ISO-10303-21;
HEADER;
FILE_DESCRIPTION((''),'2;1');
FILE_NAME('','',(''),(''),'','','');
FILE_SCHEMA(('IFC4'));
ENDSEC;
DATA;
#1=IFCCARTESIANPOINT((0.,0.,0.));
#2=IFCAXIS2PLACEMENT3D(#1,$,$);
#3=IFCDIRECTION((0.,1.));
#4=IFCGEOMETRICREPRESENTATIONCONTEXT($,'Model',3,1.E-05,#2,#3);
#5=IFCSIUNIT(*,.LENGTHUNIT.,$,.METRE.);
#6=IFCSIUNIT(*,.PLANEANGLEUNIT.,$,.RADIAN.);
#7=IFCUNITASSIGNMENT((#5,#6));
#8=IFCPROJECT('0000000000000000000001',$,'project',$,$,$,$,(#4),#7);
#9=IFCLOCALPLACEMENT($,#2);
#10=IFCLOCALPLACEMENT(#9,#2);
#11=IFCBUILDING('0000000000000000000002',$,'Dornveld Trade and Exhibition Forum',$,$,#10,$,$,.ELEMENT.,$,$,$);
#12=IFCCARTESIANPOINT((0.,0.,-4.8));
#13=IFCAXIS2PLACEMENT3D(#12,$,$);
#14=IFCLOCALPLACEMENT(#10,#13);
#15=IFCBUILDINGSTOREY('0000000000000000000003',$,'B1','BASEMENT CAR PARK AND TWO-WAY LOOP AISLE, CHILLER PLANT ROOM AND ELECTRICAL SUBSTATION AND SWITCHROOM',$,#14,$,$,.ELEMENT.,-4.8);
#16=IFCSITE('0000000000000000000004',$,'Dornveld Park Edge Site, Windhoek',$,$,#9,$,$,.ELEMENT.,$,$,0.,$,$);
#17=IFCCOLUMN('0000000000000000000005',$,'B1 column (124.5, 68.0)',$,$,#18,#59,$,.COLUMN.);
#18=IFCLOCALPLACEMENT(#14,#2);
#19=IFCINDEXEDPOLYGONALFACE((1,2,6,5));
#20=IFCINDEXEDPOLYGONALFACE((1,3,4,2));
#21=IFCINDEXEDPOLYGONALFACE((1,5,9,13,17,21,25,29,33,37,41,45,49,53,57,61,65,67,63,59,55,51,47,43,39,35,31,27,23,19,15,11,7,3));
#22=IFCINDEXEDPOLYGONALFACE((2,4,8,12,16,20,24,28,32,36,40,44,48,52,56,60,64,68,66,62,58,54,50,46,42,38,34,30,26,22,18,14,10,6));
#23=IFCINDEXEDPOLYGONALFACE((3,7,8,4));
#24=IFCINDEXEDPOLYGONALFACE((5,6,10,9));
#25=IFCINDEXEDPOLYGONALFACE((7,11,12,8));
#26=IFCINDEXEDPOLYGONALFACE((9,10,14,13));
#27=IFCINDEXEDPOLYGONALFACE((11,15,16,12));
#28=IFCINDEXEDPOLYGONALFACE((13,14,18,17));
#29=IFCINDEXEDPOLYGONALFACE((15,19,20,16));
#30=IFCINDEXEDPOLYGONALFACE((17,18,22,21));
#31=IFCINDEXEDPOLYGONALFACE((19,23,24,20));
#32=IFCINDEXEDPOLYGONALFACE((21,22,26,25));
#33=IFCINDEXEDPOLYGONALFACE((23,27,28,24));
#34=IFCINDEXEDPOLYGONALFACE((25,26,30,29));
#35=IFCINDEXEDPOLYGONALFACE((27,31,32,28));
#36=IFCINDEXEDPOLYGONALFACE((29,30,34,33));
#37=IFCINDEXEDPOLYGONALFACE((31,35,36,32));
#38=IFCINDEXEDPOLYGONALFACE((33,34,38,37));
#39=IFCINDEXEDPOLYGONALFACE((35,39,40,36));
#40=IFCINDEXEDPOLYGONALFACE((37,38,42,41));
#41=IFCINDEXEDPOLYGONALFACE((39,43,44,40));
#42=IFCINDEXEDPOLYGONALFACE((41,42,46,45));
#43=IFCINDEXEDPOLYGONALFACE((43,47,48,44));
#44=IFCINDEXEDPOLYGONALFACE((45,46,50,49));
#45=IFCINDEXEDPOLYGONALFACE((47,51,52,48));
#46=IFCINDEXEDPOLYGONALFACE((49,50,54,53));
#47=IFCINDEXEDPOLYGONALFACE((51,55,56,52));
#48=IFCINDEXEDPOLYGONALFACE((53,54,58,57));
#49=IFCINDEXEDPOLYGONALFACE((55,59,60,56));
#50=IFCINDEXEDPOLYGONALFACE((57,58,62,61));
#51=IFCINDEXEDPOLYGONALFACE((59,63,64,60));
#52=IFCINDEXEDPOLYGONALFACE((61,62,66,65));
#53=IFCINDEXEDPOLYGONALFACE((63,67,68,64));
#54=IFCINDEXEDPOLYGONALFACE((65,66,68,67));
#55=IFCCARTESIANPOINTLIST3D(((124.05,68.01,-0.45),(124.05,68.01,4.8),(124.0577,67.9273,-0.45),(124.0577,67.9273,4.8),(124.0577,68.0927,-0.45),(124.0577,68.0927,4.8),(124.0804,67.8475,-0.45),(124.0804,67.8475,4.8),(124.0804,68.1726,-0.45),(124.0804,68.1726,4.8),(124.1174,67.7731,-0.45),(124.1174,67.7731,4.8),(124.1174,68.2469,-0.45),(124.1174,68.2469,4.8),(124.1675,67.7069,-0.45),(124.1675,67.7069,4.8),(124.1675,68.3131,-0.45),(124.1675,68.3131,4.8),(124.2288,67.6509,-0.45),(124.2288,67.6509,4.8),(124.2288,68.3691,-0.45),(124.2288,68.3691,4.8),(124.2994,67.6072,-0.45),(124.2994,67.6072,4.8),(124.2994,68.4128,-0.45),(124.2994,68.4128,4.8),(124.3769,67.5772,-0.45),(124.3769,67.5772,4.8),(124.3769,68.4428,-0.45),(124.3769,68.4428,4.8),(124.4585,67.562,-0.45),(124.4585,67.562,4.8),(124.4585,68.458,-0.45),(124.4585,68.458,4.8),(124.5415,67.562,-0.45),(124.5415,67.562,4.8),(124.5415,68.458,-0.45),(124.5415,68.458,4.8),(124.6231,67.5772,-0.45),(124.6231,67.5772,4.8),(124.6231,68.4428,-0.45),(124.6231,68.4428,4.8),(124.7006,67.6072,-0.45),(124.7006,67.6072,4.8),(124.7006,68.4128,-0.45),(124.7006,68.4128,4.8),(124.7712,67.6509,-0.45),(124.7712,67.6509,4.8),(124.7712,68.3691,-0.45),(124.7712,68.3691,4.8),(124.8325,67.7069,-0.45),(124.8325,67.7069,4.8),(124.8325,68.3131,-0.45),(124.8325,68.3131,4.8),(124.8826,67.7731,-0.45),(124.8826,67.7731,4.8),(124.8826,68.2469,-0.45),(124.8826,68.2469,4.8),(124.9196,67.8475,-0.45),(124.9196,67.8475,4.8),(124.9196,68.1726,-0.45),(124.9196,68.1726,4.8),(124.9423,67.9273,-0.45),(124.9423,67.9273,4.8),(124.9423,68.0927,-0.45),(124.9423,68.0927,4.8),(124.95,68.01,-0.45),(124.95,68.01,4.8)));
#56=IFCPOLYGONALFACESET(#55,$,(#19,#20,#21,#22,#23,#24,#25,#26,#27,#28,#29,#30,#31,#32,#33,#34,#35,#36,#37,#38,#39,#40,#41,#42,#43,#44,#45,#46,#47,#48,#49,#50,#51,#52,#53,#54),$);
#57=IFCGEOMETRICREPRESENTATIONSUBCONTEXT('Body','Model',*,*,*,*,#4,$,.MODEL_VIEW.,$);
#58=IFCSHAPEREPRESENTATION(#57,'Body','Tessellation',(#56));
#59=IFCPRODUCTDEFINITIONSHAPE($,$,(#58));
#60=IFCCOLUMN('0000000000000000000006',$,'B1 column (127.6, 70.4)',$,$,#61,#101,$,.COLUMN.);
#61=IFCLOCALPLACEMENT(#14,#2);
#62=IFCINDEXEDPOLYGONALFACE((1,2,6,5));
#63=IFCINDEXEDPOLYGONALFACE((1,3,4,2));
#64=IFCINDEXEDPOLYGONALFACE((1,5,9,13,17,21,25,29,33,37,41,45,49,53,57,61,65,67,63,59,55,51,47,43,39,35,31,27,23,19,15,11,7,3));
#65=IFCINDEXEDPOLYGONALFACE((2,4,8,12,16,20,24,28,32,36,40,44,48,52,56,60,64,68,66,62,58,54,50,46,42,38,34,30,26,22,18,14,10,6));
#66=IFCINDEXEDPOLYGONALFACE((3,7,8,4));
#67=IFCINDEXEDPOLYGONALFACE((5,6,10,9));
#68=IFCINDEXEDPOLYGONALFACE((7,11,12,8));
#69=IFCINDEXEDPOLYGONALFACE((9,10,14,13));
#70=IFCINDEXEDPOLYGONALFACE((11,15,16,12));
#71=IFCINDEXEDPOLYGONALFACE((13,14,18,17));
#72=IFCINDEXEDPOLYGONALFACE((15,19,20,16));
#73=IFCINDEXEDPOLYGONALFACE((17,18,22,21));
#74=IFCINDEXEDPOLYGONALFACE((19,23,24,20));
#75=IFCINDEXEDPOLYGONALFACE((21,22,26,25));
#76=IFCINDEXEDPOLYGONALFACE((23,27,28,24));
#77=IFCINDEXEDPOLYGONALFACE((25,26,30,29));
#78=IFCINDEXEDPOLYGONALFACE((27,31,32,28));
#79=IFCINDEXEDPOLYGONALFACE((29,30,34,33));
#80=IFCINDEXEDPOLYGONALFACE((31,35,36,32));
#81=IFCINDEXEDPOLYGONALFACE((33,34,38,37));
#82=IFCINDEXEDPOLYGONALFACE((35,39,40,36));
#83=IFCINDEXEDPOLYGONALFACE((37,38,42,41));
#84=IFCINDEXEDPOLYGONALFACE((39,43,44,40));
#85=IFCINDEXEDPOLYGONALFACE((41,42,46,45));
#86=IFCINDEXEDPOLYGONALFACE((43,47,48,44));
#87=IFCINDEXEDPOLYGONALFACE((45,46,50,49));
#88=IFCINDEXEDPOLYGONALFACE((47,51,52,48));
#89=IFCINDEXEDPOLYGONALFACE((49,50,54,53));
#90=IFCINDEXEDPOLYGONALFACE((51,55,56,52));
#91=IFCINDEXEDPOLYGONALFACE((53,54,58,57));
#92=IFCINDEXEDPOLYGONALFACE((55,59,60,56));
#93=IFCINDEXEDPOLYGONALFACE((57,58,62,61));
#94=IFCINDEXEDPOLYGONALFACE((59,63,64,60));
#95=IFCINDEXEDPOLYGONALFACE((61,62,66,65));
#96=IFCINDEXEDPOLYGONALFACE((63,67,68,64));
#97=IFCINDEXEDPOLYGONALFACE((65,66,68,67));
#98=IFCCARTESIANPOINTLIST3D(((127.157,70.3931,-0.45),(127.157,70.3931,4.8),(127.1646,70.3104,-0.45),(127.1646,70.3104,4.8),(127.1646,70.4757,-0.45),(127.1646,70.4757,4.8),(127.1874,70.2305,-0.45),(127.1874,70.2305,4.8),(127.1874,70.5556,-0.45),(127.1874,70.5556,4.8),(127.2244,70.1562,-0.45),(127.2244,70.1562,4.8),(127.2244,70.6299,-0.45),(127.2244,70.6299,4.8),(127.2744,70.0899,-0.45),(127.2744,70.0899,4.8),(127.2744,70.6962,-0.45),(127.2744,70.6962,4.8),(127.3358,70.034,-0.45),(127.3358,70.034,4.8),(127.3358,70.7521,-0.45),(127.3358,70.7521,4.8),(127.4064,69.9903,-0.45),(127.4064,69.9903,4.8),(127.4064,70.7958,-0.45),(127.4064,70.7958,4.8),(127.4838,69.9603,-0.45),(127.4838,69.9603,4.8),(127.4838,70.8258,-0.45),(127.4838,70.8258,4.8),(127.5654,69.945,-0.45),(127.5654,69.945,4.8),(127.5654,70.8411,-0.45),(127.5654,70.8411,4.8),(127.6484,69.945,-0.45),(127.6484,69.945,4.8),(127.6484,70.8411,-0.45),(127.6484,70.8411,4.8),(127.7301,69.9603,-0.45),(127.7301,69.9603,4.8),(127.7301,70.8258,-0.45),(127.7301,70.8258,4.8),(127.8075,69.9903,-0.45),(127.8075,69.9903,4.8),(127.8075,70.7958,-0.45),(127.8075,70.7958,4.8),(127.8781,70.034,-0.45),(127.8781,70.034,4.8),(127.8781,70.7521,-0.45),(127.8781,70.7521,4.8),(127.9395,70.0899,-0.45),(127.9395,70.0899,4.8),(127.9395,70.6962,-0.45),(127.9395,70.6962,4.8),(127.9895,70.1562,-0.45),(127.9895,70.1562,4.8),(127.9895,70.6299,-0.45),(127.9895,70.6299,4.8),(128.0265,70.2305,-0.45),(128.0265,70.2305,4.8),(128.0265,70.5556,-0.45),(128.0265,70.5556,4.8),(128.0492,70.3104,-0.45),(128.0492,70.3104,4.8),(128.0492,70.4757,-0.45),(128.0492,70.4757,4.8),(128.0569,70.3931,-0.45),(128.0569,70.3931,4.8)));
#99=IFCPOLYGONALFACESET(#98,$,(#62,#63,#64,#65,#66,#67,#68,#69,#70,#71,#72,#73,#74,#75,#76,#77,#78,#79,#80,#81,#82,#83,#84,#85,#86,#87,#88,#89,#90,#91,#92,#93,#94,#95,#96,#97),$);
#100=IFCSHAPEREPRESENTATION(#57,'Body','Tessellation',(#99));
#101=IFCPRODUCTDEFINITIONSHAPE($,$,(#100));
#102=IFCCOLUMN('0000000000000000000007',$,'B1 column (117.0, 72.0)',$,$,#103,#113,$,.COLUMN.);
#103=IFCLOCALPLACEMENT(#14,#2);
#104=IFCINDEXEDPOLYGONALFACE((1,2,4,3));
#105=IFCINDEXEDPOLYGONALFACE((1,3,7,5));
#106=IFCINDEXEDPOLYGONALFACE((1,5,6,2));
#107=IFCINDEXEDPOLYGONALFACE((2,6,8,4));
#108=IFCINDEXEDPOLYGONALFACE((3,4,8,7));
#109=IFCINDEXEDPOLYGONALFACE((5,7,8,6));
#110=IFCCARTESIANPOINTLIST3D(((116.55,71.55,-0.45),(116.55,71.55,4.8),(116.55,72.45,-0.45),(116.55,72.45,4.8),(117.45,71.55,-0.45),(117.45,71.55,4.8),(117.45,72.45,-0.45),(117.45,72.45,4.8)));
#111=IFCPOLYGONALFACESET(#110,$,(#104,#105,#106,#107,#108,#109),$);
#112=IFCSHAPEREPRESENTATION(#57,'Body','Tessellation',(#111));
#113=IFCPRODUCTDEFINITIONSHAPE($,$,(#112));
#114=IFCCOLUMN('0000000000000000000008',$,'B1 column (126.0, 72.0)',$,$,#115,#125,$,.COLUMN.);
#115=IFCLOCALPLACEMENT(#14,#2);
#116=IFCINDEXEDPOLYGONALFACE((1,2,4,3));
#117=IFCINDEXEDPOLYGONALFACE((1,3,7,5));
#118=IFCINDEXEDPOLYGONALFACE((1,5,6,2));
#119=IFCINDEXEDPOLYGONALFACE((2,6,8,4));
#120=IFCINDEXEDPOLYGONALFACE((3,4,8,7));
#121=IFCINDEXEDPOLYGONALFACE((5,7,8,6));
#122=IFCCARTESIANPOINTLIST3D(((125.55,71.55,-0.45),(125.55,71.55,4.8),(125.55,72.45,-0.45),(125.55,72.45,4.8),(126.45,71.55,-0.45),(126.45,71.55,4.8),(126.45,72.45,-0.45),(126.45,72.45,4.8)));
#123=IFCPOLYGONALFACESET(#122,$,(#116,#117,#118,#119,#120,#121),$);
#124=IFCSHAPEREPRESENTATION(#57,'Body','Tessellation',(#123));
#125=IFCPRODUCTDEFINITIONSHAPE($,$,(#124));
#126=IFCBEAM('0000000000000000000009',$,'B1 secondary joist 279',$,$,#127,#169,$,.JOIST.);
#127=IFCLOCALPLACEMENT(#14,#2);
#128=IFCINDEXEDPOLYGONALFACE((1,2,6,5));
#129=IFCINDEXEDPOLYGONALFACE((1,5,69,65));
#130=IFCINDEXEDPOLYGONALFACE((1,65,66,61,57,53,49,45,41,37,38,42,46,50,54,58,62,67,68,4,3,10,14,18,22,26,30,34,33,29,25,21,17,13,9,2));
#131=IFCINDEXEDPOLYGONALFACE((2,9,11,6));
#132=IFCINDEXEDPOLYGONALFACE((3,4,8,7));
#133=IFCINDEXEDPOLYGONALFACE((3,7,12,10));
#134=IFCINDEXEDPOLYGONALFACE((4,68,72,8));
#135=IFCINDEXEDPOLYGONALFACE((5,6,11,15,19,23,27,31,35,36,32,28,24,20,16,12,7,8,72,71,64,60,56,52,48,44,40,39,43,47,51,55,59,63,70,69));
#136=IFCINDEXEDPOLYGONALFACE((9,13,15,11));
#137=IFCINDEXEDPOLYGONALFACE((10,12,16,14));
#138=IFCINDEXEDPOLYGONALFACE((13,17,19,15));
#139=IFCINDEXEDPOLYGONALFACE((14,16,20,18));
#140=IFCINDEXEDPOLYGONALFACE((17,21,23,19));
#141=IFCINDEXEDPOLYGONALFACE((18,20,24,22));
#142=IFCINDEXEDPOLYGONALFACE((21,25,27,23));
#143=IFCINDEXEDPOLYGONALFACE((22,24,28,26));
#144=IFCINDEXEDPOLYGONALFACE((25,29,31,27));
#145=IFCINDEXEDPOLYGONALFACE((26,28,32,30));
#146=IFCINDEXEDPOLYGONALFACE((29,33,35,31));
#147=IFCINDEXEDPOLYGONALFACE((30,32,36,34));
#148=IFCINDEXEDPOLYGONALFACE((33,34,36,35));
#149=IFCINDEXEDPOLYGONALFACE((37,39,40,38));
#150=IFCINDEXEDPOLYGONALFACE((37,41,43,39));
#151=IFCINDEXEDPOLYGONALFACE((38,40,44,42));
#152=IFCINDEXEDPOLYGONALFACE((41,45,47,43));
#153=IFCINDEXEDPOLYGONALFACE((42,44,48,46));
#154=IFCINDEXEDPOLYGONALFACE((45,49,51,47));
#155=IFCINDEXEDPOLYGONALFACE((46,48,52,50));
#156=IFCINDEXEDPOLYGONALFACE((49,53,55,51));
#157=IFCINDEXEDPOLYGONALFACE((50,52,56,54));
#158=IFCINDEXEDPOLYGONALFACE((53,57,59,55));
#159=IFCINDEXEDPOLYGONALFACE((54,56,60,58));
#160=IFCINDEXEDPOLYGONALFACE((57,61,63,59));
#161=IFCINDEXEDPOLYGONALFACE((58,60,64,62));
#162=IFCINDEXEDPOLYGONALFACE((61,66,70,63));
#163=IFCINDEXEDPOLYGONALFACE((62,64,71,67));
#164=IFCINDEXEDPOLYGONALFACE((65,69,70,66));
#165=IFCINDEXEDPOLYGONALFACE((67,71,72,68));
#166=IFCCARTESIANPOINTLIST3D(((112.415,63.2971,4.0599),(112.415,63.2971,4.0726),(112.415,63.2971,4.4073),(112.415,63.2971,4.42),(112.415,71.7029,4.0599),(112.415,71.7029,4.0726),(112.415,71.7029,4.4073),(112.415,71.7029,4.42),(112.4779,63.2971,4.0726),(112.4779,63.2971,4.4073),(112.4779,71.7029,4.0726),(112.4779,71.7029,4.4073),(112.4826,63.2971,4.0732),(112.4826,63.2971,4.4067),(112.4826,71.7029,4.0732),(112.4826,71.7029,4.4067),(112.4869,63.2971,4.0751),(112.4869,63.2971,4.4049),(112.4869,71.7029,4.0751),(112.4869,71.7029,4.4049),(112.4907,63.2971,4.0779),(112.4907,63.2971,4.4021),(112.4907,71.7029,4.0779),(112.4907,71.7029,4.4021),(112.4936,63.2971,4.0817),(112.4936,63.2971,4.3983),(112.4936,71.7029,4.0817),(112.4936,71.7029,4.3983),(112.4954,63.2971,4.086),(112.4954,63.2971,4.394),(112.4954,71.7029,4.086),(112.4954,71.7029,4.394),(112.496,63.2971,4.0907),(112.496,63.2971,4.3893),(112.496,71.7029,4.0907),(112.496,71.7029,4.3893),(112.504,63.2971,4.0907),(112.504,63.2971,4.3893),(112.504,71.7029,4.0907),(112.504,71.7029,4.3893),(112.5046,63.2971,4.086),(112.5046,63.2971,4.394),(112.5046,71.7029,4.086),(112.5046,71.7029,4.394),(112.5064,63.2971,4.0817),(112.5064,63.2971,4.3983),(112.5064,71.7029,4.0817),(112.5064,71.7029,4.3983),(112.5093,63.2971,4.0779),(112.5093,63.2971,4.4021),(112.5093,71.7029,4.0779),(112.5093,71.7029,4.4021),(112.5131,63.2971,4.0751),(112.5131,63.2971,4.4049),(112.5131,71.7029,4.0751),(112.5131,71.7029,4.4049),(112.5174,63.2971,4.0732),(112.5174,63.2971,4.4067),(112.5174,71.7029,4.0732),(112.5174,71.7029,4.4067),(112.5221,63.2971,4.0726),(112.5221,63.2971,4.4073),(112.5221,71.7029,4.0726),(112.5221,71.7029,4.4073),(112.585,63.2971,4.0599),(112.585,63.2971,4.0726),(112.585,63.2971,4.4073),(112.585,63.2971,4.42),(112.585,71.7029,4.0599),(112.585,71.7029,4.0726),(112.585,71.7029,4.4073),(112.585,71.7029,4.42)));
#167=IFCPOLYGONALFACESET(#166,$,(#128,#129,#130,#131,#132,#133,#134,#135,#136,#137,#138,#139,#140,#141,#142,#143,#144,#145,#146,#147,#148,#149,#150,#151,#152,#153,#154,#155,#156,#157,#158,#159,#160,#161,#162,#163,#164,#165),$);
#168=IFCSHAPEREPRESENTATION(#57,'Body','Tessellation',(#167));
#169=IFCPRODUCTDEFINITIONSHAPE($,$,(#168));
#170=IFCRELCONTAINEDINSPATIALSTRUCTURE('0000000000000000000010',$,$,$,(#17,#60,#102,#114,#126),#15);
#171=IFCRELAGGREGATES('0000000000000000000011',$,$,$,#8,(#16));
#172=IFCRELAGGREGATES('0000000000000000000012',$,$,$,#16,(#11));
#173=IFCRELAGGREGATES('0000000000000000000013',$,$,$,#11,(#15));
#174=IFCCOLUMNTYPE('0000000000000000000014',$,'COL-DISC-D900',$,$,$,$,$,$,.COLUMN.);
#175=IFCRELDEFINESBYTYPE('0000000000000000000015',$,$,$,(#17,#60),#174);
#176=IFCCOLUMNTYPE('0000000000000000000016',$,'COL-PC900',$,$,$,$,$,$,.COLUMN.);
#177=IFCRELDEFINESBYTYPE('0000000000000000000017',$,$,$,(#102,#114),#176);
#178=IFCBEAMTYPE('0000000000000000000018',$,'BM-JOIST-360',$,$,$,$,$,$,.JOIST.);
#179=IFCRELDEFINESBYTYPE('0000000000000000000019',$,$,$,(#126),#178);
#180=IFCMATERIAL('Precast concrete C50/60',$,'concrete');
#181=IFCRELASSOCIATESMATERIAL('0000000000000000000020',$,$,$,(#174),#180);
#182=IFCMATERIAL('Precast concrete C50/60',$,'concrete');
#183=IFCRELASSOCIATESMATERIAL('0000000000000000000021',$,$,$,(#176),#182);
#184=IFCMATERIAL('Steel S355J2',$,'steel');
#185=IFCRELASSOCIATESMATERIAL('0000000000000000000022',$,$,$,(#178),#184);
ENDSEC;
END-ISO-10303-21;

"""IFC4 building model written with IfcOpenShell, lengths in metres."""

from ifc_helpers import new_model, si_unit, direction, frame, origin, origin_2d, place, context, subcontext, project, spatial, rectangle, circle, i_section, extrude, material, material_profile, profile_set, type_object, element, save


model = new_model("IFC4")

# Units and contexts
model_context = context("Model", 3, precision=1e-05, world=origin(), true_north=direction((0.0, 1.0)))
body_context = subcontext(model_context, "Body", "Model", "MODEL_VIEW")
ifc_project = project(units=[si_unit("LENGTHUNIT", "METRE"), si_unit("PLANEANGLEUNIT", "RADIAN")], contexts=[model_context])

# Site, building, storey
site_placement = place(None, origin())
site = spatial("IfcSite", under=ifc_project, at=site_placement, Name="Dornveld Park Edge Site, Windhoek", CompositionType="ELEMENT", RefElevation=0.0)
building_placement = place(site_placement, origin())
building = spatial("IfcBuilding", under=site, at=building_placement, Name="Dornveld Trade and Exhibition Forum", CompositionType="ELEMENT")
storey_placement = place(building_placement, frame((0.0, 0.0, -4.8)))
storey = spatial("IfcBuildingStorey", under=building, at=storey_placement, Name="B1", Description="BASEMENT CAR PARK AND TWO-WAY LOOP AISLE, CHILLER PLANT ROOM AND ELECTRICAL SUBSTATION AND SWITCHROOM", CompositionType="ELEMENT", Elevation=-4.8)

# Columns
ifc_material_1 = material(Name="Precast concrete C50/60", Category="concrete")
ifc_material_profile_1 = material_profile(ifc_material_1, circle(Radius=0.45, at=origin_2d()), Name="PC-COL D900")
ifc_profile_set_1 = profile_set([ifc_material_profile_1], Name="Precast concrete C50/60")
column_type_1 = type_object("IfcColumnType", Name="COL-DISC-D900", PredefinedType="COLUMN", material=ifc_profile_set_1)
for number, where, z_axis, x_axis, name in (
    (1, (124.5, 68.01, -0.45), (0.0, 0.0, 1.0), (1.0, 0.0, 0.0), "B1 column (124.5, 68.0)"),
    (2, (127.6069, 70.3931, -0.45), (0.0, 0.0, 1.0), (1.0, 0.0, 0.0), "B1 column (127.6, 70.4)"),
):
    element("IfcColumn", number, at=place(storey_placement, frame(where, z_axis=z_axis, x_axis=x_axis)), inside=storey, type_object=column_type_1, Name=name, PredefinedType="COLUMN", context=body_context, shape_type="SweptSolid", body=[
        extrude(circle(Radius=0.45, at=origin_2d()), origin(), (0.0, 0.0, 1.0), 5.25),
    ])
ifc_material_2 = material(Name="Precast concrete C50/60", Category="concrete")
ifc_material_profile_2 = material_profile(ifc_material_2, rectangle(XDim=0.8999, YDim=0.8999, at=origin_2d()), Name="PC-COL 900x900")
ifc_profile_set_2 = profile_set([ifc_material_profile_2], Name="Precast concrete C50/60")
column_type_2 = type_object("IfcColumnType", Name="COL-PC900", PredefinedType="COLUMN", material=ifc_profile_set_2)
for number, where, z_axis, x_axis, name in (
    (3, (117.0, 72.0, -0.45), (0.0, 0.0, 1.0), (1.0, 0.0, 0.0), "B1 column (117.0, 72.0)"),
    (4, (126.0, 72.0, -0.45), (0.0, 0.0, 1.0), (1.0, 0.0, 0.0), "B1 column (126.0, 72.0)"),
):
    element("IfcColumn", number, at=place(storey_placement, frame(where, z_axis=z_axis, x_axis=x_axis)), inside=storey, type_object=column_type_2, Name=name, PredefinedType="COLUMN", context=body_context, shape_type="SweptSolid", body=[
        extrude(rectangle(XDim=0.8999, YDim=0.8999, at=origin_2d()), origin(), (0.0, 0.0, 1.0), 5.25),
    ])

# Beam
ifc_material_3 = material(Name="Steel S355J2", Category="steel")
ifc_material_profile_3 = material_profile(ifc_material_3, i_section(OverallWidth=0.1699, OverallDepth=0.3601, WebThickness=0.0081, FlangeThickness=0.0127, FilletRadius=0.0181, at=origin_2d()), Name="IPE 360")
ifc_profile_set_3 = profile_set([ifc_material_profile_3], Name="Steel S355J2")
beam_type_1 = type_object("IfcBeamType", Name="BM-JOIST-360", PredefinedType="JOIST", material=ifc_profile_set_3)
for number, where, z_axis, x_axis, name in (
    (5, (112.5, 63.2971, 4.24), (0.0, 1.0, 0.0), (-1.0, 0.0, 0.0), "B1 secondary joist 279"),
):
    element("IfcBeam", number, at=place(storey_placement, frame(where, z_axis=z_axis, x_axis=x_axis)), inside=storey, type_object=beam_type_1, Name=name, PredefinedType="JOIST", context=body_context, shape_type="SweptSolid", body=[
        extrude(i_section(OverallWidth=0.1699, OverallDepth=0.3601, WebThickness=0.0081, FlangeThickness=0.0127, FilletRadius=0.0181, at=origin_2d()), origin(), (0.0, 0.0, 1.0), 8.4058),
    ])

save(model, "model.ifc")
